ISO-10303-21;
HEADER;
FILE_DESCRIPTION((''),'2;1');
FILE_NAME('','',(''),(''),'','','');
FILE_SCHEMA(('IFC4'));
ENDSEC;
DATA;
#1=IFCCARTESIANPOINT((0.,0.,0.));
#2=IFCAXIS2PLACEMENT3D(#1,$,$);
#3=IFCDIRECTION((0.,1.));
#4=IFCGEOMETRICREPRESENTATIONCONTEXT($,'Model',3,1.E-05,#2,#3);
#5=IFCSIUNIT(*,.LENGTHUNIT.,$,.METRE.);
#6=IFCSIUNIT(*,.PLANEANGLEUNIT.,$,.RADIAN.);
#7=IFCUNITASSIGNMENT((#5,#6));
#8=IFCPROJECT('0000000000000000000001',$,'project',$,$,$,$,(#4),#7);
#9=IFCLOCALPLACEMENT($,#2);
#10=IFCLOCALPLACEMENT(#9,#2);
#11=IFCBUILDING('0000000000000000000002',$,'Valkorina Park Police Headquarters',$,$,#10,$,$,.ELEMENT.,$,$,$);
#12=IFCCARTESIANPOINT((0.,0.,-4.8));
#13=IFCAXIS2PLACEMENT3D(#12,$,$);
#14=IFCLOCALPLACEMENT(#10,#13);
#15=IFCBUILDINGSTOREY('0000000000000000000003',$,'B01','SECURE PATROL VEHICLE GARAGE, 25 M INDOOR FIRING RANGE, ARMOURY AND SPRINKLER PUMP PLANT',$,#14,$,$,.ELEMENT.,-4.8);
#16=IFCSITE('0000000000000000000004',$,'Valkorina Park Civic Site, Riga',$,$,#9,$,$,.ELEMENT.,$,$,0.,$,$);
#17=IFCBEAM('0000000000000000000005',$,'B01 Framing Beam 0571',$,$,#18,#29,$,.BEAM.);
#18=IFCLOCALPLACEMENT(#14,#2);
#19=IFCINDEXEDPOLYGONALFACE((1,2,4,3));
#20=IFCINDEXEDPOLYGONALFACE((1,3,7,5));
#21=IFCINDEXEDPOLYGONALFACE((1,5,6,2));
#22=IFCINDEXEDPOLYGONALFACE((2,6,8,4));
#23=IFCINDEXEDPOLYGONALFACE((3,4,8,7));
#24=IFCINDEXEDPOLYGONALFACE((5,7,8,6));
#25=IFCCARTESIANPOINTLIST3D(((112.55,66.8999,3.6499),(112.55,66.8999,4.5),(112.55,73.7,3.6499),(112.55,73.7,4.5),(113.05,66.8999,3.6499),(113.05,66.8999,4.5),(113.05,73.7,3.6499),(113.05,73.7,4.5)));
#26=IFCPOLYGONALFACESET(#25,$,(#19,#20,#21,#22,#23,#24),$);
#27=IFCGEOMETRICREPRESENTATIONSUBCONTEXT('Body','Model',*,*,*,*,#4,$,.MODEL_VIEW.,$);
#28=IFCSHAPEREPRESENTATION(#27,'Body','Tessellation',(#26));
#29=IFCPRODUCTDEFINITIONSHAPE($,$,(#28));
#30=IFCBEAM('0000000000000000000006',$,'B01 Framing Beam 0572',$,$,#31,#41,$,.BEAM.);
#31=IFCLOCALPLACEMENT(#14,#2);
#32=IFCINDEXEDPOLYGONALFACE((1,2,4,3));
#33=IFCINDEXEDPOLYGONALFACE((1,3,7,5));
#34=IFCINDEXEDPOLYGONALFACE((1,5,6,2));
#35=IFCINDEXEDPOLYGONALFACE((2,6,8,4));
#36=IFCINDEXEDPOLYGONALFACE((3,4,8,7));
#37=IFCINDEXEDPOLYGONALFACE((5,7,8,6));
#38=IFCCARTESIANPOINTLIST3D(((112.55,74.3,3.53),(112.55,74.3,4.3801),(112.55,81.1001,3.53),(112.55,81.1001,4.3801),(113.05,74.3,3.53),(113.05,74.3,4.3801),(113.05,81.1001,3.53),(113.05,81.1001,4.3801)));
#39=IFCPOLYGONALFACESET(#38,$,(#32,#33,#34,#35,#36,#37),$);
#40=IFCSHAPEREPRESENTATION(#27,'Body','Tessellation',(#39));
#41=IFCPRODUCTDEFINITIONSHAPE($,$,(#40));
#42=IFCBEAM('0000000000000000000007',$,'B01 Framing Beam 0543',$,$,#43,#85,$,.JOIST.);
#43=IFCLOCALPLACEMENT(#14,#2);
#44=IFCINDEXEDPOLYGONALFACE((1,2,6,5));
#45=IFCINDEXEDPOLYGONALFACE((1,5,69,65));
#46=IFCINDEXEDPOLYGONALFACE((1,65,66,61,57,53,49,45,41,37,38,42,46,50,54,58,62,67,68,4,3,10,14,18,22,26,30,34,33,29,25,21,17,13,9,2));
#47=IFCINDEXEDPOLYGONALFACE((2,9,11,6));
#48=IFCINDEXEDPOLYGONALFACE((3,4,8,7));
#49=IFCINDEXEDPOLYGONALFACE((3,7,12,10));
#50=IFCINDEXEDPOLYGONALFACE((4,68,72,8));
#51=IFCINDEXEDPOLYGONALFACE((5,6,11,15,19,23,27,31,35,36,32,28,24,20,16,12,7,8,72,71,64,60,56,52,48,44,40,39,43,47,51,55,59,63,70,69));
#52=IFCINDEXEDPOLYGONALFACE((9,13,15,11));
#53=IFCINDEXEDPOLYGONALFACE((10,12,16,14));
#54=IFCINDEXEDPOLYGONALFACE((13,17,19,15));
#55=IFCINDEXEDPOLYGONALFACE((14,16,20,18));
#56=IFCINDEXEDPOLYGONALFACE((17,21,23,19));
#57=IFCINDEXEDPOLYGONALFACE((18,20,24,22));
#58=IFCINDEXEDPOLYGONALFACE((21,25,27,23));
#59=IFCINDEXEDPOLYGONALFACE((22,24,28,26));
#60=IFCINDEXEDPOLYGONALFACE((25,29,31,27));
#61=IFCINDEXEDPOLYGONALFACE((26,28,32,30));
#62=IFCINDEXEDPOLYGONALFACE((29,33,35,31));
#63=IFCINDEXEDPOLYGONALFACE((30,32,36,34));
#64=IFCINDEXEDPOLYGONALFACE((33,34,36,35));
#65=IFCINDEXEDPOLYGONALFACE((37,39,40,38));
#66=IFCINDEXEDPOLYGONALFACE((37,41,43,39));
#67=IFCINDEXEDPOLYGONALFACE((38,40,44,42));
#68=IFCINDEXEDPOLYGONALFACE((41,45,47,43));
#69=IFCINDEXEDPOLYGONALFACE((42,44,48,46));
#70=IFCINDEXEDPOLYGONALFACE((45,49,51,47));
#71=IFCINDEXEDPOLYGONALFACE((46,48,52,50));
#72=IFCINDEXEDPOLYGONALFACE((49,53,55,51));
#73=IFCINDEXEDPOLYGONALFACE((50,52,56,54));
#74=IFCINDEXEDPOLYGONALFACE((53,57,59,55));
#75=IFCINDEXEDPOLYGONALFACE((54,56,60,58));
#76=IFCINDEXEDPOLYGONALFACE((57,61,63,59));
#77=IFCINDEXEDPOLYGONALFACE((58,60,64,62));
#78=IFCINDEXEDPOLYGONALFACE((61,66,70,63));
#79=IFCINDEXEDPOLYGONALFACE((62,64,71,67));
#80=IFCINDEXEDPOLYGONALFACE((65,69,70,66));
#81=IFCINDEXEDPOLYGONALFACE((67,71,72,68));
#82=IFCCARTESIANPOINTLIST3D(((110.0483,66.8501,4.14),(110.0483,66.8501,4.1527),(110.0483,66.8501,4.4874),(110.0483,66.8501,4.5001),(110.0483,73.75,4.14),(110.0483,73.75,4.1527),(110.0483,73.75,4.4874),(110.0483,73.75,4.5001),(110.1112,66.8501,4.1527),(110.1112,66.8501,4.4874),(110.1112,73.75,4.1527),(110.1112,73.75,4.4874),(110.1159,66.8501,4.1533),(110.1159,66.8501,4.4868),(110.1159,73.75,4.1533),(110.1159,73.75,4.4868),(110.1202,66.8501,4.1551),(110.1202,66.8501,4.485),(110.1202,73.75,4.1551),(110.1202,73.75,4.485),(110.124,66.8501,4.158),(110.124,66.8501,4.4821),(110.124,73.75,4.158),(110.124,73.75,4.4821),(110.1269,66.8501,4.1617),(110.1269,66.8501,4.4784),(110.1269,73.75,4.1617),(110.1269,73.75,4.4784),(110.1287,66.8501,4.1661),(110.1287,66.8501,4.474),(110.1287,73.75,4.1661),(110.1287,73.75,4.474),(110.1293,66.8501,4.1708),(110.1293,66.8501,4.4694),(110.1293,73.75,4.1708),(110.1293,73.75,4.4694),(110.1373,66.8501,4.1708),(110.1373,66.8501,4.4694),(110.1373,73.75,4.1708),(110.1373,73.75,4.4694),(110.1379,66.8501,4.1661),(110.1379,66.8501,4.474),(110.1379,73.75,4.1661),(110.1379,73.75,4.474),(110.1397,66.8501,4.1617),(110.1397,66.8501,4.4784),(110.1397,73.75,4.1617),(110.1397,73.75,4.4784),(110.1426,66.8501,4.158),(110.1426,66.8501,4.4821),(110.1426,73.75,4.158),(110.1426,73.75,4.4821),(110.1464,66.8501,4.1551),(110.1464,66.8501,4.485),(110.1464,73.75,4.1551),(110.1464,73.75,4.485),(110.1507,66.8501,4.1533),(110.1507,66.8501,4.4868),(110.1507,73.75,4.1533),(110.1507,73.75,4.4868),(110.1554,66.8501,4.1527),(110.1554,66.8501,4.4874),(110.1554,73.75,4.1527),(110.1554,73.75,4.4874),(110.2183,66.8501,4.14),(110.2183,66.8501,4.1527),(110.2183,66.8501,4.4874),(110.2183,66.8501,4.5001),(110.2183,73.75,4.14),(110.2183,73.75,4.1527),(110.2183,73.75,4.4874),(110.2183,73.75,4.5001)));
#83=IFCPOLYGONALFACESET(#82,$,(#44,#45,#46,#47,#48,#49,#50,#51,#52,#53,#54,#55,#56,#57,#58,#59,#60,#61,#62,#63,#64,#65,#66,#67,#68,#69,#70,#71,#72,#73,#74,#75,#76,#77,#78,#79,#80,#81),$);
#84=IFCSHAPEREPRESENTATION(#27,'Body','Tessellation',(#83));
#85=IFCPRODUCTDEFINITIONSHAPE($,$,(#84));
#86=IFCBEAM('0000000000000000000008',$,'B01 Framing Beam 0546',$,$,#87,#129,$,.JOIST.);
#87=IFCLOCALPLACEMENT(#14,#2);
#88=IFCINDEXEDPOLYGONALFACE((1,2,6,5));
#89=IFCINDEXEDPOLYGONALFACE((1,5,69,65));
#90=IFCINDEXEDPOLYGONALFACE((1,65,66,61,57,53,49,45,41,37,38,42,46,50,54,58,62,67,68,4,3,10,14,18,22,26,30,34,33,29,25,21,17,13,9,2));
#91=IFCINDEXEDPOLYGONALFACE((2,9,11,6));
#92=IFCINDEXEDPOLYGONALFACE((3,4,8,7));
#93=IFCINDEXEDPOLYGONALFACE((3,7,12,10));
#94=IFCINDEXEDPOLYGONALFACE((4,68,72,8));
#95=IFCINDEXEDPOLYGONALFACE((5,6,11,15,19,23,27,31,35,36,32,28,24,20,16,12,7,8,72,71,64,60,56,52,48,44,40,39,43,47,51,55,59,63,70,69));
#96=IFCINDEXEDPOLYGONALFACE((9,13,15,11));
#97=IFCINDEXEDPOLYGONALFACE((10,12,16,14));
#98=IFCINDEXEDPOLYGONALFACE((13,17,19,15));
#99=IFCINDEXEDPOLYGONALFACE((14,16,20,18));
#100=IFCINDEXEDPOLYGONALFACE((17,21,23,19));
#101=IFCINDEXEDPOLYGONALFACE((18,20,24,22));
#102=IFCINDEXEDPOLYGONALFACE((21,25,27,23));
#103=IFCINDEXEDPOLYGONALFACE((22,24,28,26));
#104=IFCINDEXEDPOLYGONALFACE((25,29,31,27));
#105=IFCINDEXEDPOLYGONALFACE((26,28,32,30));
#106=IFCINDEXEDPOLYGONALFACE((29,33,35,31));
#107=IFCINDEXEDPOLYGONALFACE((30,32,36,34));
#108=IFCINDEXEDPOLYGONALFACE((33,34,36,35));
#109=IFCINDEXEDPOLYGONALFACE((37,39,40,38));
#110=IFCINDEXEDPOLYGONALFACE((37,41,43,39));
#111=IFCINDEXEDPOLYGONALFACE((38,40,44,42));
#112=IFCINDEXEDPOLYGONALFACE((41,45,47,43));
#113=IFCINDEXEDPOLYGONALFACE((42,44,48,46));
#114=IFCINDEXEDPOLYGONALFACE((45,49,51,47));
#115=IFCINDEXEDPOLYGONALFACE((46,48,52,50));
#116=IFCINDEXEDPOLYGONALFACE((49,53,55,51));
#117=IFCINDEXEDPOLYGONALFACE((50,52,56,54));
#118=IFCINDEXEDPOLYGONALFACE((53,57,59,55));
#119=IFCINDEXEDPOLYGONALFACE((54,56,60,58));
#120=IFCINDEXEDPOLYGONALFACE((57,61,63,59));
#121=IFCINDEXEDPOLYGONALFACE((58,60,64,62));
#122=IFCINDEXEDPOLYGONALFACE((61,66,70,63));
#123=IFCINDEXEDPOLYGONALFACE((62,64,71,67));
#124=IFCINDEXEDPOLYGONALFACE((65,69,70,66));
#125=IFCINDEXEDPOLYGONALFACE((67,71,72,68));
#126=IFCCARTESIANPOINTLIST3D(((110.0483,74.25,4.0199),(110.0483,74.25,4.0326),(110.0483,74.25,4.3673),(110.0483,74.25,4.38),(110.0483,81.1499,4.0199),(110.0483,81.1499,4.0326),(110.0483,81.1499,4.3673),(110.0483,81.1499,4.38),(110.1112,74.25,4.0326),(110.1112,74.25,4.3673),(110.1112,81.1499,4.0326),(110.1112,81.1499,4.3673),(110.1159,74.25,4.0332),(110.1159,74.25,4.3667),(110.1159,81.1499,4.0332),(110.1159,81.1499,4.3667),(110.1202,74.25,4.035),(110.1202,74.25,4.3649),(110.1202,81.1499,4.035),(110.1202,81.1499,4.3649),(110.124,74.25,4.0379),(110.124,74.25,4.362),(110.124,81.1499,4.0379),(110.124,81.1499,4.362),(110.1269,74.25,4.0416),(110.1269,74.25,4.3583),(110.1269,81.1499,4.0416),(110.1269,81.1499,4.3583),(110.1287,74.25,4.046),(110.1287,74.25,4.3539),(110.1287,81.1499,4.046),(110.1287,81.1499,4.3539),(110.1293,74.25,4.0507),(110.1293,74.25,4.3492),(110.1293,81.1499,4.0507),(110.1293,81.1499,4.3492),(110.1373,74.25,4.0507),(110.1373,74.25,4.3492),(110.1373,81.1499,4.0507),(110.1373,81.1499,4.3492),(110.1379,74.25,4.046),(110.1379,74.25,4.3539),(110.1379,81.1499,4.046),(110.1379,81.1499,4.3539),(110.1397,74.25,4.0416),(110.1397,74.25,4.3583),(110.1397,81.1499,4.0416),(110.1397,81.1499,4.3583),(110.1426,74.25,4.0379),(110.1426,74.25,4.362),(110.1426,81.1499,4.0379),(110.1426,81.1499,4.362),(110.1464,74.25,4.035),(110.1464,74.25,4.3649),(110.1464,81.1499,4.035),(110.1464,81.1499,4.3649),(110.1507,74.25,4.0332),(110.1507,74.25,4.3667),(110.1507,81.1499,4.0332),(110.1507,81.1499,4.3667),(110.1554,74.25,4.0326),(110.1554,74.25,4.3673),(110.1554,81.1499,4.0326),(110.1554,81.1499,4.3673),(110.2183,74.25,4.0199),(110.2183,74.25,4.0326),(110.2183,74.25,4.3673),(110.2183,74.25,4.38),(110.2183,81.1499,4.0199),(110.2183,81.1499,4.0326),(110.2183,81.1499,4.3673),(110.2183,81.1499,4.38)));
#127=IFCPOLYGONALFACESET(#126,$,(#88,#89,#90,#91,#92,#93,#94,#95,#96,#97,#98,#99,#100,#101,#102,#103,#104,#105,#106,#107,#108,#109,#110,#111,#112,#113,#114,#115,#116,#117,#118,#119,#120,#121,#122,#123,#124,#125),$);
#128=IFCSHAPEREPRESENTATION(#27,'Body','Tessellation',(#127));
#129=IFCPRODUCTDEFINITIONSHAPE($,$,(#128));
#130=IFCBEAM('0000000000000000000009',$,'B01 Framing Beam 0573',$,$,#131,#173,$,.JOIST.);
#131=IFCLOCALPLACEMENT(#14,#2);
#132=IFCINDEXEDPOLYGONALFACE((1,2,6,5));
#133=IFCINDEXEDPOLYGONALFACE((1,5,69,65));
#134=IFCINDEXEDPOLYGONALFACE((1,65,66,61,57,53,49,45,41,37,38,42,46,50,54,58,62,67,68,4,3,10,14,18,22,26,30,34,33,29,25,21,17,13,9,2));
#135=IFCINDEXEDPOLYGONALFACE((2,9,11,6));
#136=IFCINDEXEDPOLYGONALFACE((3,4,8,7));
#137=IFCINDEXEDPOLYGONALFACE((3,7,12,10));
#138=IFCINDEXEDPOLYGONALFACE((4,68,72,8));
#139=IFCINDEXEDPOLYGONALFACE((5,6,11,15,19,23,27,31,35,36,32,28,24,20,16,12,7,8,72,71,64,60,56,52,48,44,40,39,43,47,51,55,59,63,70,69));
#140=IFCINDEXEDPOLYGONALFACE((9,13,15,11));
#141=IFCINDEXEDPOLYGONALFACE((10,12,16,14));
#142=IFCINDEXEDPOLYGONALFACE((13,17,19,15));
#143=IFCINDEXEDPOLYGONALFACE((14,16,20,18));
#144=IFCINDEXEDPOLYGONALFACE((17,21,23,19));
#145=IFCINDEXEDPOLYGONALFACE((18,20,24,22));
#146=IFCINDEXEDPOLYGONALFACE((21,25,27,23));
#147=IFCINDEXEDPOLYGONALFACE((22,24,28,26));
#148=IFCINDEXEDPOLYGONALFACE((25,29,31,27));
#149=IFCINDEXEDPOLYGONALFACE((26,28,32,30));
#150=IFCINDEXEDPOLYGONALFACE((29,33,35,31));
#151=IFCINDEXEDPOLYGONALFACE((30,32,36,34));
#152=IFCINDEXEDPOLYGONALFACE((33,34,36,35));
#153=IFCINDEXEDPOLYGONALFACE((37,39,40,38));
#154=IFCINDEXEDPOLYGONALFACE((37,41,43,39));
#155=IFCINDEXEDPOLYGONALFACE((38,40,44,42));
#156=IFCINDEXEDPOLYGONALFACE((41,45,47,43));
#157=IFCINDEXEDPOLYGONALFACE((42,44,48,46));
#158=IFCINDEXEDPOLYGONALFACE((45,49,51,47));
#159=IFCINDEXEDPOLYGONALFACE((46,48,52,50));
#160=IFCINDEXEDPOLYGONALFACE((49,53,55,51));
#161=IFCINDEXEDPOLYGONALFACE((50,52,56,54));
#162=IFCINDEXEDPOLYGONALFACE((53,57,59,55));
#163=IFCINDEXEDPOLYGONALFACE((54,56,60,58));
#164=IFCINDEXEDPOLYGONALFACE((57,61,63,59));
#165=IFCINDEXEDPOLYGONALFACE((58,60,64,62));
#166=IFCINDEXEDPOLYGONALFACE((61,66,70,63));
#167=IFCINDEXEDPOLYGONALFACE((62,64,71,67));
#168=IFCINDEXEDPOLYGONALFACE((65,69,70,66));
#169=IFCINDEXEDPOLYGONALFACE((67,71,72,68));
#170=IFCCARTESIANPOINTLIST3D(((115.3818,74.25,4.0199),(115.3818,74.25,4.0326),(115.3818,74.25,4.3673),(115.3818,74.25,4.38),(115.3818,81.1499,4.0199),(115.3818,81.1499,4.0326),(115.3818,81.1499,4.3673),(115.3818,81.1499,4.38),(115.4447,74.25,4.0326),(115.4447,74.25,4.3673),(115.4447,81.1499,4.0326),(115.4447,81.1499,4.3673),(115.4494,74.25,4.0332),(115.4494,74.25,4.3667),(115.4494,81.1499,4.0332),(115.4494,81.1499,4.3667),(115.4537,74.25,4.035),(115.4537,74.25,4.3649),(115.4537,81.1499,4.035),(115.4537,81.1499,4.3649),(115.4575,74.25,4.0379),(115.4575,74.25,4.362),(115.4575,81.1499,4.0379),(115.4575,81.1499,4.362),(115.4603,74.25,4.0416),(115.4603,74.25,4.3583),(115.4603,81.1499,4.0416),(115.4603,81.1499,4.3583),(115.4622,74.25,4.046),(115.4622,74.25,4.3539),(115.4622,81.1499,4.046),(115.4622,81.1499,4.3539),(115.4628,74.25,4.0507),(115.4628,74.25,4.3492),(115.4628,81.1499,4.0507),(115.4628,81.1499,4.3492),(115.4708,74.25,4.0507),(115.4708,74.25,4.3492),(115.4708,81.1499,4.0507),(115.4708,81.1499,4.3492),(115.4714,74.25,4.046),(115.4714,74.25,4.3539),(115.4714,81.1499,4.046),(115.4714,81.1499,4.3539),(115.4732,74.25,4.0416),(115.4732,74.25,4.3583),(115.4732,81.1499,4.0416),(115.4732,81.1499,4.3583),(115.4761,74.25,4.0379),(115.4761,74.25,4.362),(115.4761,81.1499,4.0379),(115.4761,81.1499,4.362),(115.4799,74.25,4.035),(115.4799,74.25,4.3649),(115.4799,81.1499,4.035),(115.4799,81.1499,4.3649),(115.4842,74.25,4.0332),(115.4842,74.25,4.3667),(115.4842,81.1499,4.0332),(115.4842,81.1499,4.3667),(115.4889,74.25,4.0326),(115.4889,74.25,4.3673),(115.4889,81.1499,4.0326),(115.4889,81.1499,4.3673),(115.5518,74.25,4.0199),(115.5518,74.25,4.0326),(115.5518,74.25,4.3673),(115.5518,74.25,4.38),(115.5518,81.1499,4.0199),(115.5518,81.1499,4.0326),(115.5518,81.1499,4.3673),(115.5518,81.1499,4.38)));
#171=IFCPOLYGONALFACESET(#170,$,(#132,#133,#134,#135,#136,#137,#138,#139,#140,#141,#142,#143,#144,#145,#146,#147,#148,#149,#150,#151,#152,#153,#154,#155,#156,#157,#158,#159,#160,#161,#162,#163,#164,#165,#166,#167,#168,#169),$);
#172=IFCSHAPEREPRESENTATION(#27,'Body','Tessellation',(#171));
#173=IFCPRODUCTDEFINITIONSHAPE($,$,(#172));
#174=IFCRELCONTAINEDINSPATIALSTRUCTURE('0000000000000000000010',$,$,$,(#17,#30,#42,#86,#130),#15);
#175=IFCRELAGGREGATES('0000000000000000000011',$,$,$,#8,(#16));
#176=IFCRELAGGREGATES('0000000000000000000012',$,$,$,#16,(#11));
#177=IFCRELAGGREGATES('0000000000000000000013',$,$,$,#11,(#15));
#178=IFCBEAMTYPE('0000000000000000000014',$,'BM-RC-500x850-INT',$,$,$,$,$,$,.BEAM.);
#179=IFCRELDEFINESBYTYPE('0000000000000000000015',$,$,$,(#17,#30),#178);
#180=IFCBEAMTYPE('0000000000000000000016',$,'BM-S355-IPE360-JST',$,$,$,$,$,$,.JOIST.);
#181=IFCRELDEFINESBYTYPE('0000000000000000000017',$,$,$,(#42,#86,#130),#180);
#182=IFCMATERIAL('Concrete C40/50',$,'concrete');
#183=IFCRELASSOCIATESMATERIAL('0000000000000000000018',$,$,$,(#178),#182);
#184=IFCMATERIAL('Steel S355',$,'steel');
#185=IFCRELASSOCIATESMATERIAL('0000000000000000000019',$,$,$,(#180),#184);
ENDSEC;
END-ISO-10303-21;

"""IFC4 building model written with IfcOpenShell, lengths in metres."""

from ifc_helpers import new_model, si_unit, direction, frame, origin, origin_2d, place, context, subcontext, project, spatial, rectangle, i_section, extrude, material, material_profile, profile_set, type_object, element, save


model = new_model("IFC4")

# Units and contexts
model_context = context("Model", 3, precision=1e-05, world=origin(), true_north=direction((0.0, 1.0)))
body_context = subcontext(model_context, "Body", "Model", "MODEL_VIEW")
ifc_project = project(units=[si_unit("LENGTHUNIT", "METRE"), si_unit("PLANEANGLEUNIT", "RADIAN")], contexts=[model_context])

# Site, building, storey
site_placement = place(None, origin())
site = spatial("IfcSite", under=ifc_project, at=site_placement, Name="Valkorina Park Civic Site, Riga", CompositionType="ELEMENT", RefElevation=0.0)
building_placement = place(site_placement, origin())
building = spatial("IfcBuilding", under=site, at=building_placement, Name="Valkorina Park Police Headquarters", CompositionType="ELEMENT")
storey_placement = place(building_placement, frame((0.0, 0.0, -4.8)))
storey = spatial("IfcBuildingStorey", under=building, at=storey_placement, Name="B01", Description="SECURE PATROL VEHICLE GARAGE, 25 M INDOOR FIRING RANGE, ARMOURY AND SPRINKLER PUMP PLANT", CompositionType="ELEMENT", Elevation=-4.8)

# Shared definitions
ifc_material_1 = material(Name="Concrete C40/50", Category="concrete")

# Beams
ifc_material_profile_1 = material_profile(ifc_material_1, rectangle(XDim=0.5, YDim=0.8501, at=origin_2d()), Name="RC BEAM 500x850")
ifc_profile_set_1 = profile_set([ifc_material_profile_1], Name="Concrete C40/50")
beam_type_1 = type_object("IfcBeamType", Name="BM-RC-500x850-INT", PredefinedType="BEAM", material=ifc_profile_set_1)
for number, where, z_axis, x_axis, name in (
    (1, (112.8, 66.8999, 4.075), (0.0, 1.0, 0.0), (-1.0, 0.0, 0.0), "B01 Framing Beam 0571"),
    (2, (112.8, 74.3, 3.9551), (0.0, 1.0, 0.0), (-1.0, 0.0, 0.0), "B01 Framing Beam 0572"),
):
    element("IfcBeam", number, at=place(storey_placement, frame(where, z_axis=z_axis, x_axis=x_axis)), inside=storey, type_object=beam_type_1, Name=name, PredefinedType="BEAM", context=body_context, shape_type="SweptSolid", body=[
        extrude(rectangle(XDim=0.5, YDim=0.8501, at=origin_2d()), origin(), (0.0, 0.0, 1.0), 6.8),
    ])
ifc_material_2 = material(Name="Steel S355", Category="steel")
ifc_material_profile_2 = material_profile(ifc_material_2, i_section(OverallWidth=0.1699, OverallDepth=0.3601, WebThickness=0.0081, FlangeThickness=0.0127, FilletRadius=0.0181, at=origin_2d()), Name="IPE 360")
ifc_profile_set_2 = profile_set([ifc_material_profile_2], Name="Steel S355")
beam_type_2 = type_object("IfcBeamType", Name="BM-S355-IPE360-JST", PredefinedType="JOIST", material=ifc_profile_set_2)
for number, where, z_axis, x_axis, name in (
    (3, (110.1333, 66.8501, 4.3201), (0.0, 1.0, 0.0), (-1.0, 0.0, 0.0), "B01 Framing Beam 0543"),
    (4, (110.1333, 74.25, 4.2), (0.0, 1.0, 0.0), (-1.0, 0.0, 0.0), "B01 Framing Beam 0546"),
    (5, (115.4668, 74.25, 4.2), (0.0, 1.0, 0.0), (-1.0, 0.0, 0.0), "B01 Framing Beam 0573"),
):
    element("IfcBeam", number, at=place(storey_placement, frame(where, z_axis=z_axis, x_axis=x_axis)), inside=storey, type_object=beam_type_2, Name=name, PredefinedType="JOIST", context=body_context, shape_type="SweptSolid", body=[
        extrude(i_section(OverallWidth=0.1699, OverallDepth=0.3601, WebThickness=0.0081, FlangeThickness=0.0127, FilletRadius=0.0181, at=origin_2d()), origin(), (0.0, 0.0, 1.0), 6.8999),
    ])

save(model, "model.ifc")
